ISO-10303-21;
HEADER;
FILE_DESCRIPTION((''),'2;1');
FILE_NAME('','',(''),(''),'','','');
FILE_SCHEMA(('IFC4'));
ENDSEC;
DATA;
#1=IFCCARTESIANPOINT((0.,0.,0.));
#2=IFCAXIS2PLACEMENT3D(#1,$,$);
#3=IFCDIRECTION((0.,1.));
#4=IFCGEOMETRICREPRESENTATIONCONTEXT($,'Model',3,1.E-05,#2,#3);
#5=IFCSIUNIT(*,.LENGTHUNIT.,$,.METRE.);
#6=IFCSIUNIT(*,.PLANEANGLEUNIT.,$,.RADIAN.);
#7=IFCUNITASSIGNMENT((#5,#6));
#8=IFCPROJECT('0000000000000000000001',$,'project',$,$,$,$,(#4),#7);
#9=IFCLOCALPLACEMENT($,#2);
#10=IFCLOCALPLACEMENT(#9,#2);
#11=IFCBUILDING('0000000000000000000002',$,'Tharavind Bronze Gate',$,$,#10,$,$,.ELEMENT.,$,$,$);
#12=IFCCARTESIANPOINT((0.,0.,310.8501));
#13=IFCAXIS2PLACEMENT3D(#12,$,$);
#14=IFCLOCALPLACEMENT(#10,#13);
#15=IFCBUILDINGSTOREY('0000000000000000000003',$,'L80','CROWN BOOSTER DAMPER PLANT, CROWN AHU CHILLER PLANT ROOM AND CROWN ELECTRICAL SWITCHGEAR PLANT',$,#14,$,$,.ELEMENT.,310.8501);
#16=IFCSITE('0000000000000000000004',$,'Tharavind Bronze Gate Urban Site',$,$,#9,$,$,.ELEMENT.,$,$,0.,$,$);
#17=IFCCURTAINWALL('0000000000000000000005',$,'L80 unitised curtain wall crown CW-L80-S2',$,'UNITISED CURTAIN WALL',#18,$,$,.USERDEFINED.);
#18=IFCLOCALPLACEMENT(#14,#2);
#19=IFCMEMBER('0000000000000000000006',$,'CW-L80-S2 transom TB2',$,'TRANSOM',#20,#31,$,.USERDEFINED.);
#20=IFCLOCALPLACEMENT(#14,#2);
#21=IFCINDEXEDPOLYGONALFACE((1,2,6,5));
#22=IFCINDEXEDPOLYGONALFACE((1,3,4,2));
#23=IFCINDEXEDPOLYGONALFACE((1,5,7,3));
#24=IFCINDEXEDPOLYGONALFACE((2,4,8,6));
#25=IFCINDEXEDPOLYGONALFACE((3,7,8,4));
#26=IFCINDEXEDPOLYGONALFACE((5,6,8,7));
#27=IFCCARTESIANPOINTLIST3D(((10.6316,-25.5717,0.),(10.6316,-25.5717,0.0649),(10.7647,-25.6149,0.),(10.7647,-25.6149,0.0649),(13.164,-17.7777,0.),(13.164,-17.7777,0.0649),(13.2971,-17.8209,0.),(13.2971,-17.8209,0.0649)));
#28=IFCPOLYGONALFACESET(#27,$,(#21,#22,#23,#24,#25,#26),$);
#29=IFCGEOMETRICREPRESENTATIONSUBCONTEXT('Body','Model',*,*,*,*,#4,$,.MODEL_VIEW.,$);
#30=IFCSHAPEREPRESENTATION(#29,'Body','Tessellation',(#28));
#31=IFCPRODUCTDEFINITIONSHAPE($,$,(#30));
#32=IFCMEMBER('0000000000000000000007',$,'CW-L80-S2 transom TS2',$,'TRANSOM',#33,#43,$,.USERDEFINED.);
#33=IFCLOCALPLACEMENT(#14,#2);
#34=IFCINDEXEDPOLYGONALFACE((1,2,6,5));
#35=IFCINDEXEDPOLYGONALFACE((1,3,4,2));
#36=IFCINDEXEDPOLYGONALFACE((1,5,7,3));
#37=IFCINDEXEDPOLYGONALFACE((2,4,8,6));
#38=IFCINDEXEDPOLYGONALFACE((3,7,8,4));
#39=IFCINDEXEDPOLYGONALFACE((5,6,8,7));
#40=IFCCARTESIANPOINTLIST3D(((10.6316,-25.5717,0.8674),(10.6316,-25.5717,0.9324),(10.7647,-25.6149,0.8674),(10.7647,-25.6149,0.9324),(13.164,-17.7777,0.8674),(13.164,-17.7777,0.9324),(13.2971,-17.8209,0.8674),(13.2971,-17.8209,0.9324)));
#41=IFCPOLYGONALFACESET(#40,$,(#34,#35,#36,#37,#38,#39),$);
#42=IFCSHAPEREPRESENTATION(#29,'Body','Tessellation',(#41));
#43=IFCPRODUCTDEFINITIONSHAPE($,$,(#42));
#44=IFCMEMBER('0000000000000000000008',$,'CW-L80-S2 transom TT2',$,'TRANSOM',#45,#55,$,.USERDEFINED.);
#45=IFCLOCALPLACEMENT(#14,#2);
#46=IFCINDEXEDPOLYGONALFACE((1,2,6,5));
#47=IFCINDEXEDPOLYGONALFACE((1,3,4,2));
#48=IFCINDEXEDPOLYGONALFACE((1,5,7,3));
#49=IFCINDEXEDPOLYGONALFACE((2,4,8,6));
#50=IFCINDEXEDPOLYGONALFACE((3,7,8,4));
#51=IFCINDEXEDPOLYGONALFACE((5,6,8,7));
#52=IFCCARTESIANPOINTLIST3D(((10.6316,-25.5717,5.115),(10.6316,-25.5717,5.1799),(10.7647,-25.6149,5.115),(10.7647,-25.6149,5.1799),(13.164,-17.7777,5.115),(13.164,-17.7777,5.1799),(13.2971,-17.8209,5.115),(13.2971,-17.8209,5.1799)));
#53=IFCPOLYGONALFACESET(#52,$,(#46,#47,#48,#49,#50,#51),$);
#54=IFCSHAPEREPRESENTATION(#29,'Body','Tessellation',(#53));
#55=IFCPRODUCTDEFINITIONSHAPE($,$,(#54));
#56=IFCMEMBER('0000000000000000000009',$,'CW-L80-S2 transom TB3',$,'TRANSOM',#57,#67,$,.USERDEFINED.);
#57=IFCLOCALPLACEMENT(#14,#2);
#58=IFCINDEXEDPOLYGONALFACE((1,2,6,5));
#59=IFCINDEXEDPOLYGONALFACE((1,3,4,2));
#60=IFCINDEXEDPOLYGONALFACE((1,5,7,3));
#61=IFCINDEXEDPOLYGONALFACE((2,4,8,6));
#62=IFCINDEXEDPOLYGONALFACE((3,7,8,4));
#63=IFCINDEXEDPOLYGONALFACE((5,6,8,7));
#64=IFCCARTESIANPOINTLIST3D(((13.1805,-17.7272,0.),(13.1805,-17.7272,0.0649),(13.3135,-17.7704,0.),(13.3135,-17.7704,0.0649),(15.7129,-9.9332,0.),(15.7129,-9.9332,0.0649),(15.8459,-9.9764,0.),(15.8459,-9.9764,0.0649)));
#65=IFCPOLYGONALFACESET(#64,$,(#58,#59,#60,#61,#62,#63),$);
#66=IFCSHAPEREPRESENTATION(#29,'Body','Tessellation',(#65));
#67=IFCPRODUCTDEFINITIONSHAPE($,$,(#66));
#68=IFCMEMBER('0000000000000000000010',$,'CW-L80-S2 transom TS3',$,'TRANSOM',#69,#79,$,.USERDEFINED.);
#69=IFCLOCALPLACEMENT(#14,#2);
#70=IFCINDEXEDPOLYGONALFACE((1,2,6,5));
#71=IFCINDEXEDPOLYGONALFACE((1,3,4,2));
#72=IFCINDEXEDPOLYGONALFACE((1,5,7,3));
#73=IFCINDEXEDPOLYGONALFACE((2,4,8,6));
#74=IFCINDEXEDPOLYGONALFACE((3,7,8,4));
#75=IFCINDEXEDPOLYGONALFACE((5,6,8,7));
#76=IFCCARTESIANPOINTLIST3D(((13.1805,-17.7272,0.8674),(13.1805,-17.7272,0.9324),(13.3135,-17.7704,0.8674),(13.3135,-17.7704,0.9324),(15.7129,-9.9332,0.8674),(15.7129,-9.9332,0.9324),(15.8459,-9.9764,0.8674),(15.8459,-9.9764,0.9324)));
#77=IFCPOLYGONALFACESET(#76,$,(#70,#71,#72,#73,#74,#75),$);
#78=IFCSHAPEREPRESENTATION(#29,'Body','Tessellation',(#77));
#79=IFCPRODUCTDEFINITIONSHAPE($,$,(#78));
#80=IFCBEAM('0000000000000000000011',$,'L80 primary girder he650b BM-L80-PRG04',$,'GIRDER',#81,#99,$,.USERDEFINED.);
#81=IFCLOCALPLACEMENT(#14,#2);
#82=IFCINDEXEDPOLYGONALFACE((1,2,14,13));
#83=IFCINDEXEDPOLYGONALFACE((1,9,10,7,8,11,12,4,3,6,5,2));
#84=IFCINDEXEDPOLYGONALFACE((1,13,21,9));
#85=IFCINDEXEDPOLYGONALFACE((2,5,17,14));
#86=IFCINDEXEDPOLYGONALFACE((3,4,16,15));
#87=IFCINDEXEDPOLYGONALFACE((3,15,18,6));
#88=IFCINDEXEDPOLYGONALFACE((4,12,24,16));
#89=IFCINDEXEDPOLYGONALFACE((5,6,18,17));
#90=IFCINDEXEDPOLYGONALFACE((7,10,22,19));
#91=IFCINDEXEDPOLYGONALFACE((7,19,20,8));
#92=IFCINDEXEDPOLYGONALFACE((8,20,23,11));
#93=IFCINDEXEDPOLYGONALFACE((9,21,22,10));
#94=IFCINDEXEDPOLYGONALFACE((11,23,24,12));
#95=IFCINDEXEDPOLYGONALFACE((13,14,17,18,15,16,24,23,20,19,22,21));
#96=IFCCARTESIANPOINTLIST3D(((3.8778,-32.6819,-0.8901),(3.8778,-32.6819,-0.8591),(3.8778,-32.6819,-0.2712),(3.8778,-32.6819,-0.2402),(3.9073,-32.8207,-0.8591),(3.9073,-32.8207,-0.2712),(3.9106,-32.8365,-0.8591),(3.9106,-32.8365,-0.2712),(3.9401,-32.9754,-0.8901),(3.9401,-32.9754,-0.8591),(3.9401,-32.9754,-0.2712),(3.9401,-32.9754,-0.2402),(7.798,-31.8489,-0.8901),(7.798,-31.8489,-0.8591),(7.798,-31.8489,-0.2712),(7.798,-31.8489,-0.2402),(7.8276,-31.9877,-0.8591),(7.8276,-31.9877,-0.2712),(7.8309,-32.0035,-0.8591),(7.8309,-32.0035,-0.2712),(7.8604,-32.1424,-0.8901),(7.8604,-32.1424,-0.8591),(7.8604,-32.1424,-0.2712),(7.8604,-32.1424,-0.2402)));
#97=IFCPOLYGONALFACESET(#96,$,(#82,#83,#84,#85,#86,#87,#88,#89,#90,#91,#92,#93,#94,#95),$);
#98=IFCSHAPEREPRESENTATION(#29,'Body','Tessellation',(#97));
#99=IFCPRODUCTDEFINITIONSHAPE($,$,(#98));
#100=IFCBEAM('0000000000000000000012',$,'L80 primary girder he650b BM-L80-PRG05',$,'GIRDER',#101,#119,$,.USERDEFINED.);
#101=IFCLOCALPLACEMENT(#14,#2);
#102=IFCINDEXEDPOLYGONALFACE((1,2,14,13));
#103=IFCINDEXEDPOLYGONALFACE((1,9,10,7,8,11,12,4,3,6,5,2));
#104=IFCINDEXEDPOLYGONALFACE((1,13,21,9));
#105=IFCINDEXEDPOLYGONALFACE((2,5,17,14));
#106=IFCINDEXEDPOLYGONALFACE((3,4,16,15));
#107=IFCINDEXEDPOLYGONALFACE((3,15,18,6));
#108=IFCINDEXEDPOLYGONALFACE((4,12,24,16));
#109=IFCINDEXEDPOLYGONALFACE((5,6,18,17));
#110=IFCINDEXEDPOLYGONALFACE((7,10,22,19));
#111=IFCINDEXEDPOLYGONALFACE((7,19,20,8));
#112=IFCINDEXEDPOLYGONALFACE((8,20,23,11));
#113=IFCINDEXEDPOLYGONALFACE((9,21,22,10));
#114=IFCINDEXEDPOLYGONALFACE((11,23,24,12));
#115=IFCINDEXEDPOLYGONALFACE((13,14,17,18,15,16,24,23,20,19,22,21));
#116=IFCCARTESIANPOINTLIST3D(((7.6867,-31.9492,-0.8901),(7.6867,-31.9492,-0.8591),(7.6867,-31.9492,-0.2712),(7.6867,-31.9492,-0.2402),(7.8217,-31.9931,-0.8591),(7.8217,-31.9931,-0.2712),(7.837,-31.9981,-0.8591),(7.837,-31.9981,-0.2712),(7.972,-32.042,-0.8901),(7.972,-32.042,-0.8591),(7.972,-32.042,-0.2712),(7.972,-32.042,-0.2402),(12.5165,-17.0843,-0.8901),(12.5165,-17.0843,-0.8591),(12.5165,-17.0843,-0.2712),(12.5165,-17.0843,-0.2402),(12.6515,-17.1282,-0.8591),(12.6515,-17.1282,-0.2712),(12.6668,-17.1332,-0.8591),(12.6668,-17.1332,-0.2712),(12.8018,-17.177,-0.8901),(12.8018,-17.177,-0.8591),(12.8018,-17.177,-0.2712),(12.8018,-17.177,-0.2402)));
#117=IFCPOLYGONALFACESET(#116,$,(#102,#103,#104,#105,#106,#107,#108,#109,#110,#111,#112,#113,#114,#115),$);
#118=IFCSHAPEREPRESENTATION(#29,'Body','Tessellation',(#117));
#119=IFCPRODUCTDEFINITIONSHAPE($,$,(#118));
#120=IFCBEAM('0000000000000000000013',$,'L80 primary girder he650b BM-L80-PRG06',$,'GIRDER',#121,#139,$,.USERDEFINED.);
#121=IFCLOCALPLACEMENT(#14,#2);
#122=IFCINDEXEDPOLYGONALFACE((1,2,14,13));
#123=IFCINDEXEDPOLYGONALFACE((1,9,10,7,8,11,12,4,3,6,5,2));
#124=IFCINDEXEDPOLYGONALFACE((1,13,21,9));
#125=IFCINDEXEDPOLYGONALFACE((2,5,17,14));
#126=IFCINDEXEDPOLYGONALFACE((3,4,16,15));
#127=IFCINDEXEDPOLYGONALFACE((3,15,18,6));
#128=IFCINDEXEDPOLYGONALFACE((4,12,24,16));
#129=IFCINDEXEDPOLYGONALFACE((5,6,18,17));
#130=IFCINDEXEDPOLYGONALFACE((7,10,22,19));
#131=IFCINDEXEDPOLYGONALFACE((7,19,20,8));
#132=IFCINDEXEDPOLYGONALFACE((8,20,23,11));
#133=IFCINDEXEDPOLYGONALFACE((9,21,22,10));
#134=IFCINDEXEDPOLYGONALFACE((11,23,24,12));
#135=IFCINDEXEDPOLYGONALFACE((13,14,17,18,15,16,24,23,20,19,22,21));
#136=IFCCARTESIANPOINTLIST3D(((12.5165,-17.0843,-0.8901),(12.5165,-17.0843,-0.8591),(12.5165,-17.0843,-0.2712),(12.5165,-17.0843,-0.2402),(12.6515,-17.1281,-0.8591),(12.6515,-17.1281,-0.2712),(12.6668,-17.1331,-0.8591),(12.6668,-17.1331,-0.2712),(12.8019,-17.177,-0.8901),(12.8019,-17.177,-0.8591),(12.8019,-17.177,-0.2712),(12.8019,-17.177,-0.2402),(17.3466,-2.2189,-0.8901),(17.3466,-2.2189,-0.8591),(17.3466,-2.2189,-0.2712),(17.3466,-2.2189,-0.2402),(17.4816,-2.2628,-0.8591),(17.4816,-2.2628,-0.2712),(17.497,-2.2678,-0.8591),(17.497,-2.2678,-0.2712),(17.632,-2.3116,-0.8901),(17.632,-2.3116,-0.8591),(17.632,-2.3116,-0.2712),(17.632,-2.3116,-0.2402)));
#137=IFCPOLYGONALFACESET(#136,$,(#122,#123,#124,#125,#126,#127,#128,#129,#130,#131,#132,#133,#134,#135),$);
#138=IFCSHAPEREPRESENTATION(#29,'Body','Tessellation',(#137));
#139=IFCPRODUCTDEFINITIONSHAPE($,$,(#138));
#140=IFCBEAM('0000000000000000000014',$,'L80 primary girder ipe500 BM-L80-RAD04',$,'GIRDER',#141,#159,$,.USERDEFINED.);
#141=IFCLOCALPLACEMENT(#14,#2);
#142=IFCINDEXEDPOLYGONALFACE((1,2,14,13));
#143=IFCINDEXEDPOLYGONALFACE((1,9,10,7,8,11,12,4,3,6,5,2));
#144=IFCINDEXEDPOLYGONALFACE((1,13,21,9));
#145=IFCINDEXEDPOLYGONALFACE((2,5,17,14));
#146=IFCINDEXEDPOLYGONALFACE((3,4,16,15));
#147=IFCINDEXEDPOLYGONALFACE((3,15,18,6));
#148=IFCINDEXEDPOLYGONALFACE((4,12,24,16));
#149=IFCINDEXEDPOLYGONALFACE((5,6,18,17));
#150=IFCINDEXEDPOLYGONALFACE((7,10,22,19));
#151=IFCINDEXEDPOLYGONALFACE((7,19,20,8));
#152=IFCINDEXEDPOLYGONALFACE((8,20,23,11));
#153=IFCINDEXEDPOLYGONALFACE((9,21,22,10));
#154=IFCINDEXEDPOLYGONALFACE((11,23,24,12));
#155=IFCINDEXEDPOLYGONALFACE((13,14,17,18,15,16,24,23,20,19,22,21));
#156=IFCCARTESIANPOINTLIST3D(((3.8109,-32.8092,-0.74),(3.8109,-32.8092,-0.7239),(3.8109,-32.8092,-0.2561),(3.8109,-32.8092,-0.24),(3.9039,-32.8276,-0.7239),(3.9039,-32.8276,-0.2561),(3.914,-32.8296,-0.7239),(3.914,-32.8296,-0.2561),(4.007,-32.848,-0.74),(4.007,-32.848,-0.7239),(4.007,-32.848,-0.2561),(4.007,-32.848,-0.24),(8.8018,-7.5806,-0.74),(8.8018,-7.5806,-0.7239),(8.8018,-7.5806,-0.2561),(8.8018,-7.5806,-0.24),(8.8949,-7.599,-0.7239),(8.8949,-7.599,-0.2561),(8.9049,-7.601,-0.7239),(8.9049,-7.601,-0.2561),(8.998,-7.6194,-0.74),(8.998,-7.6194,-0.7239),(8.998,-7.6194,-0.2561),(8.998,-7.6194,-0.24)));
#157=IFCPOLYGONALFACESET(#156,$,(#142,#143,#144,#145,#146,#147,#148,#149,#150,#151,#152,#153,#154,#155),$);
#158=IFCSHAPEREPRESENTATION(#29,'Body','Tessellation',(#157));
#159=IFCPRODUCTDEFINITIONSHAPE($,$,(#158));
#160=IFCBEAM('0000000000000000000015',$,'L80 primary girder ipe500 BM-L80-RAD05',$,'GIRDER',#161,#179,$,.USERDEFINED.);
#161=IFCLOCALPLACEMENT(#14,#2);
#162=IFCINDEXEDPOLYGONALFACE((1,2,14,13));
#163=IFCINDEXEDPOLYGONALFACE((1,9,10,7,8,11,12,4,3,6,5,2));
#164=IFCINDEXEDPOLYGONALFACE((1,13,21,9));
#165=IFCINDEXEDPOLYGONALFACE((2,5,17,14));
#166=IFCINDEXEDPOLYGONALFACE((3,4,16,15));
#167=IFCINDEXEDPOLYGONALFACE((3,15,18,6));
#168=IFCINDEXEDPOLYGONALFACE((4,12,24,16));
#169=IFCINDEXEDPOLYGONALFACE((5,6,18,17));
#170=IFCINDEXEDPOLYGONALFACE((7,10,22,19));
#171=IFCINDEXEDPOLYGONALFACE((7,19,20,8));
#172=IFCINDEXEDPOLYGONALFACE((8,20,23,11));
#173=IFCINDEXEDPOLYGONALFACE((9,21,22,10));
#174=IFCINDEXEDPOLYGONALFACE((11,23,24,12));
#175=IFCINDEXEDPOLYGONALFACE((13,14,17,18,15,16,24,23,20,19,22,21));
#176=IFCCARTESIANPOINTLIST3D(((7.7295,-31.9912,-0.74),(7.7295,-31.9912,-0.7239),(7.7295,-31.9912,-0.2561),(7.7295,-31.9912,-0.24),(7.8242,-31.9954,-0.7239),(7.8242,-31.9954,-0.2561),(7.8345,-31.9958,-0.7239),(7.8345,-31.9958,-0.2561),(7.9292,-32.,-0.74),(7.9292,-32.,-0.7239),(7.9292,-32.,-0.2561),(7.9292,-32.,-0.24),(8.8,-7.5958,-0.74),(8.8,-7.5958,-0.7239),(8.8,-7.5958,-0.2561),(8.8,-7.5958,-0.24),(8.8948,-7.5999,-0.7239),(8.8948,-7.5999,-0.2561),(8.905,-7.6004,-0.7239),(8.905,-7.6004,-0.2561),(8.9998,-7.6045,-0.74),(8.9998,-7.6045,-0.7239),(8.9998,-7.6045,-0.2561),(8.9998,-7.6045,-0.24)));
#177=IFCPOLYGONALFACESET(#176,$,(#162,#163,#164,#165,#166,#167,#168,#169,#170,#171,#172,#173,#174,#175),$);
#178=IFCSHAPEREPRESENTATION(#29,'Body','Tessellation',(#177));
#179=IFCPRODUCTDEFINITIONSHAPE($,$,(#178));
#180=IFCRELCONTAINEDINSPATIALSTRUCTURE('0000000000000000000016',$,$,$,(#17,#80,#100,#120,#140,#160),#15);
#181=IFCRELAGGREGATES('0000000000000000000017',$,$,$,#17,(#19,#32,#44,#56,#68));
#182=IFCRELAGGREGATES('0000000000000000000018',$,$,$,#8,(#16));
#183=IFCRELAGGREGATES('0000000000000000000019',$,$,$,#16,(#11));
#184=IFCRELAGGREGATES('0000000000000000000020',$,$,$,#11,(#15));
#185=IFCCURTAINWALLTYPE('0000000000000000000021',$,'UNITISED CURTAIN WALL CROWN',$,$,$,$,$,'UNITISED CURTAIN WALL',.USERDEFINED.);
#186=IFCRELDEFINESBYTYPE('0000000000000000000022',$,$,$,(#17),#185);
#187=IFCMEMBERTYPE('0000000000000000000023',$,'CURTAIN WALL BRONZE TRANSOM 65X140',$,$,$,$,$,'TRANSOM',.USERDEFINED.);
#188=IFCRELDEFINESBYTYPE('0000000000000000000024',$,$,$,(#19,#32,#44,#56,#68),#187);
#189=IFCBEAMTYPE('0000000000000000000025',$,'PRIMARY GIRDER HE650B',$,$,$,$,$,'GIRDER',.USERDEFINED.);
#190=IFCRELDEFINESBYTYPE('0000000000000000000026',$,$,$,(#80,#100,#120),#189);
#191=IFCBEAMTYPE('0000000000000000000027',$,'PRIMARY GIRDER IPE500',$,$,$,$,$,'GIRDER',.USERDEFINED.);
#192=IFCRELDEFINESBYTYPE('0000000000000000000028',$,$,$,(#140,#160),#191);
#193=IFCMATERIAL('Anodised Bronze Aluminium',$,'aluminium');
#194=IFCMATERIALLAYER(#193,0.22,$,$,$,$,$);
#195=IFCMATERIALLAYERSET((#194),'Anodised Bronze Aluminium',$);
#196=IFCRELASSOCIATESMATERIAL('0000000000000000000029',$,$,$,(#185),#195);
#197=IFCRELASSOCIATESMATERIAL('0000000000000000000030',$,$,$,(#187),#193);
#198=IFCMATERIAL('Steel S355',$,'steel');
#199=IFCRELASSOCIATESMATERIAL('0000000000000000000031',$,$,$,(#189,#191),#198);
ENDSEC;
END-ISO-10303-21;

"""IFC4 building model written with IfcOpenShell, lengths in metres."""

from ifc_helpers import new_model, si_unit, direction, frame, origin, origin_2d, place, context, subcontext, project, spatial, rectangle, i_section, extrude, material, layer, layer_set, material_profile, profile_set, type_object, element, aggregate, save


model = new_model("IFC4")

# Units and contexts
model_context = context("Model", 3, precision=1e-05, world=origin(), true_north=direction((0.0, 1.0)))
body_context = subcontext(model_context, "Body", "Model", "MODEL_VIEW")
ifc_project = project(units=[si_unit("LENGTHUNIT", "METRE"), si_unit("PLANEANGLEUNIT", "RADIAN")], contexts=[model_context])

# Site, building, storey
site_placement = place(None, origin())
site = spatial("IfcSite", under=ifc_project, at=site_placement, Name="Tharavind Bronze Gate Urban Site", CompositionType="ELEMENT", RefElevation=0.0)
building_placement = place(site_placement, origin())
building = spatial("IfcBuilding", under=site, at=building_placement, Name="Tharavind Bronze Gate", CompositionType="ELEMENT")
storey_placement = place(building_placement, frame((0.0, 0.0, 310.8501)))
storey = spatial("IfcBuildingStorey", under=building, at=storey_placement, Name="L80", Description="CROWN BOOSTER DAMPER PLANT, CROWN AHU CHILLER PLANT ROOM AND CROWN ELECTRICAL SWITCHGEAR PLANT", CompositionType="ELEMENT", Elevation=310.8501)

# Shared definitions
ifc_material_1 = material(Name="Anodised Bronze Aluminium", Category="aluminium")
ifc_layer_1 = layer(ifc_material_1, 0.22)
ifc_layer_set_1 = layer_set([ifc_layer_1], Name="Anodised Bronze Aluminium")
curtain_wall_type = type_object("IfcCurtainWallType", Name="UNITISED CURTAIN WALL CROWN", ElementType="UNITISED CURTAIN WALL", PredefinedType="USERDEFINED", material=ifc_layer_set_1)

# Curtain wall
curtain_wall_1_placement = place(storey_placement, origin())
curtain_wall_1 = element("IfcCurtainWall", 1, at=curtain_wall_1_placement, inside=storey, type_object=curtain_wall_type, Name="L80 unitised curtain wall crown CW-L80-S2", ObjectType="UNITISED CURTAIN WALL", PredefinedType="USERDEFINED")

# Members
member_type_1 = type_object("IfcMemberType", Name="CURTAIN WALL BRONZE TRANSOM 65X140", ElementType="TRANSOM", PredefinedType="USERDEFINED", material=ifc_material_1)
member_1_placement = place(storey_placement, frame((11.9644, -21.6963, 0.0), z_axis=(0.0, 0.0, 1.0), x_axis=(0.309017, 0.951057, 0.0)))
member_1 = element("IfcMember", 2, at=member_1_placement, type_object=member_type_1, Name="CW-L80-S2 transom TB2", ObjectType="TRANSOM", PredefinedType="USERDEFINED", context=body_context, shape_type="SweptSolid", body=[
    extrude(rectangle(XDim=8.1951, YDim=0.1399, at=origin_2d()), origin(), (0.0, 0.0, 1.0), 0.0649),
])
member_2_placement = place(storey_placement, frame((11.9644, -21.6963, 0.8674), z_axis=(0.0, 0.0, 1.0), x_axis=(0.309017, 0.951057, 0.0)))
member_2 = element("IfcMember", 3, at=member_2_placement, type_object=member_type_1, Name="CW-L80-S2 transom TS2", ObjectType="TRANSOM", PredefinedType="USERDEFINED", context=body_context, shape_type="SweptSolid", body=[
    extrude(rectangle(XDim=8.1951, YDim=0.1399, at=origin_2d()), origin(), (0.0, 0.0, 1.0), 0.0649),
])
member_3_placement = place(storey_placement, frame((11.9644, -21.6963, 5.115), z_axis=(0.0, 0.0, 1.0), x_axis=(0.309017, 0.951057, 0.0)))
member_3 = element("IfcMember", 4, at=member_3_placement, type_object=member_type_1, Name="CW-L80-S2 transom TT2", ObjectType="TRANSOM", PredefinedType="USERDEFINED", context=body_context, shape_type="SweptSolid", body=[
    extrude(rectangle(XDim=8.1951, YDim=0.1399, at=origin_2d()), origin(), (0.0, 0.0, 1.0), 0.0649),
])
member_4_placement = place(storey_placement, frame((14.5132, -13.8518, 0.0), z_axis=(0.0, 0.0, 1.0), x_axis=(0.309017, 0.951057, 0.0)))
member_4 = element("IfcMember", 5, at=member_4_placement, type_object=member_type_1, Name="CW-L80-S2 transom TB3", ObjectType="TRANSOM", PredefinedType="USERDEFINED", context=body_context, shape_type="SweptSolid", body=[
    extrude(rectangle(XDim=8.1951, YDim=0.1399, at=origin_2d()), origin(), (0.0, 0.0, 1.0), 0.0649),
])
member_5_placement = place(storey_placement, frame((14.5132, -13.8518, 0.8674), z_axis=(0.0, 0.0, 1.0), x_axis=(0.309017, 0.951057, 0.0)))
member_5 = element("IfcMember", 6, at=member_5_placement, type_object=member_type_1, Name="CW-L80-S2 transom TS3", ObjectType="TRANSOM", PredefinedType="USERDEFINED", context=body_context, shape_type="SweptSolid", body=[
    extrude(rectangle(XDim=8.1951, YDim=0.1399, at=origin_2d()), origin(), (0.0, 0.0, 1.0), 0.0649),
])

# Beams
ifc_material_2 = material(Name="Steel S355", Category="steel")
ifc_material_profile_1 = material_profile(ifc_material_2, i_section(OverallWidth=0.3, OverallDepth=0.6499, WebThickness=0.0161, FlangeThickness=0.031, at=origin_2d()), Name="HE650B")
ifc_profile_set_1 = profile_set([ifc_material_profile_1], Name="Steel S355")
beam_type_1 = type_object("IfcBeamType", Name="PRIMARY GIRDER HE650B", ElementType="GIRDER", PredefinedType="USERDEFINED", material=ifc_profile_set_1)
beam_1_placement = place(storey_placement, frame((3.9089, -32.8286, -0.5652), z_axis=(0.978163, 0.20784, 0.0), x_axis=(-0.20784, 0.978163, 0.0)))
element("IfcBeam", 7, at=beam_1_placement, inside=storey, type_object=beam_type_1, Name="L80 primary girder he650b BM-L80-PRG04", ObjectType="GIRDER", PredefinedType="USERDEFINED", context=body_context, shape_type="SweptSolid", body=[
    extrude(i_section(OverallWidth=0.3, OverallDepth=0.6499, WebThickness=0.0161, FlangeThickness=0.031, at=origin_2d()), origin(), (0.0, 0.0, 1.0), 4.0078),
])
beam_2_placement = place(storey_placement, frame((7.8293, -31.9956, -0.5652), z_axis=(0.309012, 0.951058, 0.0), x_axis=(-0.951058, 0.309012, 0.0)))
element("IfcBeam", 8, at=beam_2_placement, inside=storey, type_object=beam_type_1, Name="L80 primary girder he650b BM-L80-PRG05", ObjectType="GIRDER", PredefinedType="USERDEFINED", context=body_context, shape_type="SweptSolid", body=[
    extrude(i_section(OverallWidth=0.3, OverallDepth=0.6499, WebThickness=0.0161, FlangeThickness=0.031, at=origin_2d()), origin(), (0.0, 0.0, 1.0), 15.6299),
])
beam_3_placement = place(storey_placement, frame((12.6592, -17.1306, -0.5652), z_axis=(0.309021, 0.951055, 0.0), x_axis=(-0.951055, 0.309021, 0.0)))
element("IfcBeam", 9, at=beam_3_placement, inside=storey, type_object=beam_type_1, Name="L80 primary girder he650b BM-L80-PRG06", ObjectType="GIRDER", PredefinedType="USERDEFINED", context=body_context, shape_type="SweptSolid", body=[
    extrude(i_section(OverallWidth=0.3, OverallDepth=0.6499, WebThickness=0.0161, FlangeThickness=0.031, at=origin_2d()), origin(), (0.0, 0.0, 1.0), 15.6304),
])
ifc_material_profile_2 = material_profile(ifc_material_2, i_section(OverallWidth=0.2, OverallDepth=0.5, WebThickness=0.0103, FlangeThickness=0.0161, at=origin_2d()), Name="IPE500")
ifc_profile_set_2 = profile_set([ifc_material_profile_2], Name="Steel S355")
beam_type_2 = type_object("IfcBeamType", Name="PRIMARY GIRDER IPE500", ElementType="GIRDER", PredefinedType="USERDEFINED", material=ifc_profile_set_2)
beam_4_placement = place(storey_placement, frame((3.9089, -32.8286, -0.49), z_axis=(0.194069, 0.980988, 0.0), x_axis=(-0.980988, 0.194069, 0.0)))
element("IfcBeam", 10, at=beam_4_placement, inside=storey, type_object=beam_type_2, Name="L80 primary girder ipe500 BM-L80-RAD04", ObjectType="GIRDER", PredefinedType="USERDEFINED", context=body_context, shape_type="SweptSolid", body=[
    extrude(i_section(OverallWidth=0.2, OverallDepth=0.5, WebThickness=0.0103, FlangeThickness=0.0161, at=origin_2d()), origin(), (0.0, 0.0, 1.0), 25.7175),
])
beam_5_placement = place(storey_placement, frame((7.8293, -31.9956, -0.49), z_axis=(0.043841, 0.999039, 0.0), x_axis=(-0.999039, 0.043841, 0.0)))
element("IfcBeam", 11, at=beam_5_placement, inside=storey, type_object=beam_type_2, Name="L80 primary girder ipe500 BM-L80-RAD05", ObjectType="GIRDER", PredefinedType="USERDEFINED", context=body_context, shape_type="SweptSolid", body=[
    extrude(i_section(OverallWidth=0.2, OverallDepth=0.5, WebThickness=0.0103, FlangeThickness=0.0161, at=origin_2d()), origin(), (0.0, 0.0, 1.0), 24.4189),
])

aggregate(curtain_wall_1, [member_1, member_2, member_3, member_4, member_5])

save(model, "model.ifc")
